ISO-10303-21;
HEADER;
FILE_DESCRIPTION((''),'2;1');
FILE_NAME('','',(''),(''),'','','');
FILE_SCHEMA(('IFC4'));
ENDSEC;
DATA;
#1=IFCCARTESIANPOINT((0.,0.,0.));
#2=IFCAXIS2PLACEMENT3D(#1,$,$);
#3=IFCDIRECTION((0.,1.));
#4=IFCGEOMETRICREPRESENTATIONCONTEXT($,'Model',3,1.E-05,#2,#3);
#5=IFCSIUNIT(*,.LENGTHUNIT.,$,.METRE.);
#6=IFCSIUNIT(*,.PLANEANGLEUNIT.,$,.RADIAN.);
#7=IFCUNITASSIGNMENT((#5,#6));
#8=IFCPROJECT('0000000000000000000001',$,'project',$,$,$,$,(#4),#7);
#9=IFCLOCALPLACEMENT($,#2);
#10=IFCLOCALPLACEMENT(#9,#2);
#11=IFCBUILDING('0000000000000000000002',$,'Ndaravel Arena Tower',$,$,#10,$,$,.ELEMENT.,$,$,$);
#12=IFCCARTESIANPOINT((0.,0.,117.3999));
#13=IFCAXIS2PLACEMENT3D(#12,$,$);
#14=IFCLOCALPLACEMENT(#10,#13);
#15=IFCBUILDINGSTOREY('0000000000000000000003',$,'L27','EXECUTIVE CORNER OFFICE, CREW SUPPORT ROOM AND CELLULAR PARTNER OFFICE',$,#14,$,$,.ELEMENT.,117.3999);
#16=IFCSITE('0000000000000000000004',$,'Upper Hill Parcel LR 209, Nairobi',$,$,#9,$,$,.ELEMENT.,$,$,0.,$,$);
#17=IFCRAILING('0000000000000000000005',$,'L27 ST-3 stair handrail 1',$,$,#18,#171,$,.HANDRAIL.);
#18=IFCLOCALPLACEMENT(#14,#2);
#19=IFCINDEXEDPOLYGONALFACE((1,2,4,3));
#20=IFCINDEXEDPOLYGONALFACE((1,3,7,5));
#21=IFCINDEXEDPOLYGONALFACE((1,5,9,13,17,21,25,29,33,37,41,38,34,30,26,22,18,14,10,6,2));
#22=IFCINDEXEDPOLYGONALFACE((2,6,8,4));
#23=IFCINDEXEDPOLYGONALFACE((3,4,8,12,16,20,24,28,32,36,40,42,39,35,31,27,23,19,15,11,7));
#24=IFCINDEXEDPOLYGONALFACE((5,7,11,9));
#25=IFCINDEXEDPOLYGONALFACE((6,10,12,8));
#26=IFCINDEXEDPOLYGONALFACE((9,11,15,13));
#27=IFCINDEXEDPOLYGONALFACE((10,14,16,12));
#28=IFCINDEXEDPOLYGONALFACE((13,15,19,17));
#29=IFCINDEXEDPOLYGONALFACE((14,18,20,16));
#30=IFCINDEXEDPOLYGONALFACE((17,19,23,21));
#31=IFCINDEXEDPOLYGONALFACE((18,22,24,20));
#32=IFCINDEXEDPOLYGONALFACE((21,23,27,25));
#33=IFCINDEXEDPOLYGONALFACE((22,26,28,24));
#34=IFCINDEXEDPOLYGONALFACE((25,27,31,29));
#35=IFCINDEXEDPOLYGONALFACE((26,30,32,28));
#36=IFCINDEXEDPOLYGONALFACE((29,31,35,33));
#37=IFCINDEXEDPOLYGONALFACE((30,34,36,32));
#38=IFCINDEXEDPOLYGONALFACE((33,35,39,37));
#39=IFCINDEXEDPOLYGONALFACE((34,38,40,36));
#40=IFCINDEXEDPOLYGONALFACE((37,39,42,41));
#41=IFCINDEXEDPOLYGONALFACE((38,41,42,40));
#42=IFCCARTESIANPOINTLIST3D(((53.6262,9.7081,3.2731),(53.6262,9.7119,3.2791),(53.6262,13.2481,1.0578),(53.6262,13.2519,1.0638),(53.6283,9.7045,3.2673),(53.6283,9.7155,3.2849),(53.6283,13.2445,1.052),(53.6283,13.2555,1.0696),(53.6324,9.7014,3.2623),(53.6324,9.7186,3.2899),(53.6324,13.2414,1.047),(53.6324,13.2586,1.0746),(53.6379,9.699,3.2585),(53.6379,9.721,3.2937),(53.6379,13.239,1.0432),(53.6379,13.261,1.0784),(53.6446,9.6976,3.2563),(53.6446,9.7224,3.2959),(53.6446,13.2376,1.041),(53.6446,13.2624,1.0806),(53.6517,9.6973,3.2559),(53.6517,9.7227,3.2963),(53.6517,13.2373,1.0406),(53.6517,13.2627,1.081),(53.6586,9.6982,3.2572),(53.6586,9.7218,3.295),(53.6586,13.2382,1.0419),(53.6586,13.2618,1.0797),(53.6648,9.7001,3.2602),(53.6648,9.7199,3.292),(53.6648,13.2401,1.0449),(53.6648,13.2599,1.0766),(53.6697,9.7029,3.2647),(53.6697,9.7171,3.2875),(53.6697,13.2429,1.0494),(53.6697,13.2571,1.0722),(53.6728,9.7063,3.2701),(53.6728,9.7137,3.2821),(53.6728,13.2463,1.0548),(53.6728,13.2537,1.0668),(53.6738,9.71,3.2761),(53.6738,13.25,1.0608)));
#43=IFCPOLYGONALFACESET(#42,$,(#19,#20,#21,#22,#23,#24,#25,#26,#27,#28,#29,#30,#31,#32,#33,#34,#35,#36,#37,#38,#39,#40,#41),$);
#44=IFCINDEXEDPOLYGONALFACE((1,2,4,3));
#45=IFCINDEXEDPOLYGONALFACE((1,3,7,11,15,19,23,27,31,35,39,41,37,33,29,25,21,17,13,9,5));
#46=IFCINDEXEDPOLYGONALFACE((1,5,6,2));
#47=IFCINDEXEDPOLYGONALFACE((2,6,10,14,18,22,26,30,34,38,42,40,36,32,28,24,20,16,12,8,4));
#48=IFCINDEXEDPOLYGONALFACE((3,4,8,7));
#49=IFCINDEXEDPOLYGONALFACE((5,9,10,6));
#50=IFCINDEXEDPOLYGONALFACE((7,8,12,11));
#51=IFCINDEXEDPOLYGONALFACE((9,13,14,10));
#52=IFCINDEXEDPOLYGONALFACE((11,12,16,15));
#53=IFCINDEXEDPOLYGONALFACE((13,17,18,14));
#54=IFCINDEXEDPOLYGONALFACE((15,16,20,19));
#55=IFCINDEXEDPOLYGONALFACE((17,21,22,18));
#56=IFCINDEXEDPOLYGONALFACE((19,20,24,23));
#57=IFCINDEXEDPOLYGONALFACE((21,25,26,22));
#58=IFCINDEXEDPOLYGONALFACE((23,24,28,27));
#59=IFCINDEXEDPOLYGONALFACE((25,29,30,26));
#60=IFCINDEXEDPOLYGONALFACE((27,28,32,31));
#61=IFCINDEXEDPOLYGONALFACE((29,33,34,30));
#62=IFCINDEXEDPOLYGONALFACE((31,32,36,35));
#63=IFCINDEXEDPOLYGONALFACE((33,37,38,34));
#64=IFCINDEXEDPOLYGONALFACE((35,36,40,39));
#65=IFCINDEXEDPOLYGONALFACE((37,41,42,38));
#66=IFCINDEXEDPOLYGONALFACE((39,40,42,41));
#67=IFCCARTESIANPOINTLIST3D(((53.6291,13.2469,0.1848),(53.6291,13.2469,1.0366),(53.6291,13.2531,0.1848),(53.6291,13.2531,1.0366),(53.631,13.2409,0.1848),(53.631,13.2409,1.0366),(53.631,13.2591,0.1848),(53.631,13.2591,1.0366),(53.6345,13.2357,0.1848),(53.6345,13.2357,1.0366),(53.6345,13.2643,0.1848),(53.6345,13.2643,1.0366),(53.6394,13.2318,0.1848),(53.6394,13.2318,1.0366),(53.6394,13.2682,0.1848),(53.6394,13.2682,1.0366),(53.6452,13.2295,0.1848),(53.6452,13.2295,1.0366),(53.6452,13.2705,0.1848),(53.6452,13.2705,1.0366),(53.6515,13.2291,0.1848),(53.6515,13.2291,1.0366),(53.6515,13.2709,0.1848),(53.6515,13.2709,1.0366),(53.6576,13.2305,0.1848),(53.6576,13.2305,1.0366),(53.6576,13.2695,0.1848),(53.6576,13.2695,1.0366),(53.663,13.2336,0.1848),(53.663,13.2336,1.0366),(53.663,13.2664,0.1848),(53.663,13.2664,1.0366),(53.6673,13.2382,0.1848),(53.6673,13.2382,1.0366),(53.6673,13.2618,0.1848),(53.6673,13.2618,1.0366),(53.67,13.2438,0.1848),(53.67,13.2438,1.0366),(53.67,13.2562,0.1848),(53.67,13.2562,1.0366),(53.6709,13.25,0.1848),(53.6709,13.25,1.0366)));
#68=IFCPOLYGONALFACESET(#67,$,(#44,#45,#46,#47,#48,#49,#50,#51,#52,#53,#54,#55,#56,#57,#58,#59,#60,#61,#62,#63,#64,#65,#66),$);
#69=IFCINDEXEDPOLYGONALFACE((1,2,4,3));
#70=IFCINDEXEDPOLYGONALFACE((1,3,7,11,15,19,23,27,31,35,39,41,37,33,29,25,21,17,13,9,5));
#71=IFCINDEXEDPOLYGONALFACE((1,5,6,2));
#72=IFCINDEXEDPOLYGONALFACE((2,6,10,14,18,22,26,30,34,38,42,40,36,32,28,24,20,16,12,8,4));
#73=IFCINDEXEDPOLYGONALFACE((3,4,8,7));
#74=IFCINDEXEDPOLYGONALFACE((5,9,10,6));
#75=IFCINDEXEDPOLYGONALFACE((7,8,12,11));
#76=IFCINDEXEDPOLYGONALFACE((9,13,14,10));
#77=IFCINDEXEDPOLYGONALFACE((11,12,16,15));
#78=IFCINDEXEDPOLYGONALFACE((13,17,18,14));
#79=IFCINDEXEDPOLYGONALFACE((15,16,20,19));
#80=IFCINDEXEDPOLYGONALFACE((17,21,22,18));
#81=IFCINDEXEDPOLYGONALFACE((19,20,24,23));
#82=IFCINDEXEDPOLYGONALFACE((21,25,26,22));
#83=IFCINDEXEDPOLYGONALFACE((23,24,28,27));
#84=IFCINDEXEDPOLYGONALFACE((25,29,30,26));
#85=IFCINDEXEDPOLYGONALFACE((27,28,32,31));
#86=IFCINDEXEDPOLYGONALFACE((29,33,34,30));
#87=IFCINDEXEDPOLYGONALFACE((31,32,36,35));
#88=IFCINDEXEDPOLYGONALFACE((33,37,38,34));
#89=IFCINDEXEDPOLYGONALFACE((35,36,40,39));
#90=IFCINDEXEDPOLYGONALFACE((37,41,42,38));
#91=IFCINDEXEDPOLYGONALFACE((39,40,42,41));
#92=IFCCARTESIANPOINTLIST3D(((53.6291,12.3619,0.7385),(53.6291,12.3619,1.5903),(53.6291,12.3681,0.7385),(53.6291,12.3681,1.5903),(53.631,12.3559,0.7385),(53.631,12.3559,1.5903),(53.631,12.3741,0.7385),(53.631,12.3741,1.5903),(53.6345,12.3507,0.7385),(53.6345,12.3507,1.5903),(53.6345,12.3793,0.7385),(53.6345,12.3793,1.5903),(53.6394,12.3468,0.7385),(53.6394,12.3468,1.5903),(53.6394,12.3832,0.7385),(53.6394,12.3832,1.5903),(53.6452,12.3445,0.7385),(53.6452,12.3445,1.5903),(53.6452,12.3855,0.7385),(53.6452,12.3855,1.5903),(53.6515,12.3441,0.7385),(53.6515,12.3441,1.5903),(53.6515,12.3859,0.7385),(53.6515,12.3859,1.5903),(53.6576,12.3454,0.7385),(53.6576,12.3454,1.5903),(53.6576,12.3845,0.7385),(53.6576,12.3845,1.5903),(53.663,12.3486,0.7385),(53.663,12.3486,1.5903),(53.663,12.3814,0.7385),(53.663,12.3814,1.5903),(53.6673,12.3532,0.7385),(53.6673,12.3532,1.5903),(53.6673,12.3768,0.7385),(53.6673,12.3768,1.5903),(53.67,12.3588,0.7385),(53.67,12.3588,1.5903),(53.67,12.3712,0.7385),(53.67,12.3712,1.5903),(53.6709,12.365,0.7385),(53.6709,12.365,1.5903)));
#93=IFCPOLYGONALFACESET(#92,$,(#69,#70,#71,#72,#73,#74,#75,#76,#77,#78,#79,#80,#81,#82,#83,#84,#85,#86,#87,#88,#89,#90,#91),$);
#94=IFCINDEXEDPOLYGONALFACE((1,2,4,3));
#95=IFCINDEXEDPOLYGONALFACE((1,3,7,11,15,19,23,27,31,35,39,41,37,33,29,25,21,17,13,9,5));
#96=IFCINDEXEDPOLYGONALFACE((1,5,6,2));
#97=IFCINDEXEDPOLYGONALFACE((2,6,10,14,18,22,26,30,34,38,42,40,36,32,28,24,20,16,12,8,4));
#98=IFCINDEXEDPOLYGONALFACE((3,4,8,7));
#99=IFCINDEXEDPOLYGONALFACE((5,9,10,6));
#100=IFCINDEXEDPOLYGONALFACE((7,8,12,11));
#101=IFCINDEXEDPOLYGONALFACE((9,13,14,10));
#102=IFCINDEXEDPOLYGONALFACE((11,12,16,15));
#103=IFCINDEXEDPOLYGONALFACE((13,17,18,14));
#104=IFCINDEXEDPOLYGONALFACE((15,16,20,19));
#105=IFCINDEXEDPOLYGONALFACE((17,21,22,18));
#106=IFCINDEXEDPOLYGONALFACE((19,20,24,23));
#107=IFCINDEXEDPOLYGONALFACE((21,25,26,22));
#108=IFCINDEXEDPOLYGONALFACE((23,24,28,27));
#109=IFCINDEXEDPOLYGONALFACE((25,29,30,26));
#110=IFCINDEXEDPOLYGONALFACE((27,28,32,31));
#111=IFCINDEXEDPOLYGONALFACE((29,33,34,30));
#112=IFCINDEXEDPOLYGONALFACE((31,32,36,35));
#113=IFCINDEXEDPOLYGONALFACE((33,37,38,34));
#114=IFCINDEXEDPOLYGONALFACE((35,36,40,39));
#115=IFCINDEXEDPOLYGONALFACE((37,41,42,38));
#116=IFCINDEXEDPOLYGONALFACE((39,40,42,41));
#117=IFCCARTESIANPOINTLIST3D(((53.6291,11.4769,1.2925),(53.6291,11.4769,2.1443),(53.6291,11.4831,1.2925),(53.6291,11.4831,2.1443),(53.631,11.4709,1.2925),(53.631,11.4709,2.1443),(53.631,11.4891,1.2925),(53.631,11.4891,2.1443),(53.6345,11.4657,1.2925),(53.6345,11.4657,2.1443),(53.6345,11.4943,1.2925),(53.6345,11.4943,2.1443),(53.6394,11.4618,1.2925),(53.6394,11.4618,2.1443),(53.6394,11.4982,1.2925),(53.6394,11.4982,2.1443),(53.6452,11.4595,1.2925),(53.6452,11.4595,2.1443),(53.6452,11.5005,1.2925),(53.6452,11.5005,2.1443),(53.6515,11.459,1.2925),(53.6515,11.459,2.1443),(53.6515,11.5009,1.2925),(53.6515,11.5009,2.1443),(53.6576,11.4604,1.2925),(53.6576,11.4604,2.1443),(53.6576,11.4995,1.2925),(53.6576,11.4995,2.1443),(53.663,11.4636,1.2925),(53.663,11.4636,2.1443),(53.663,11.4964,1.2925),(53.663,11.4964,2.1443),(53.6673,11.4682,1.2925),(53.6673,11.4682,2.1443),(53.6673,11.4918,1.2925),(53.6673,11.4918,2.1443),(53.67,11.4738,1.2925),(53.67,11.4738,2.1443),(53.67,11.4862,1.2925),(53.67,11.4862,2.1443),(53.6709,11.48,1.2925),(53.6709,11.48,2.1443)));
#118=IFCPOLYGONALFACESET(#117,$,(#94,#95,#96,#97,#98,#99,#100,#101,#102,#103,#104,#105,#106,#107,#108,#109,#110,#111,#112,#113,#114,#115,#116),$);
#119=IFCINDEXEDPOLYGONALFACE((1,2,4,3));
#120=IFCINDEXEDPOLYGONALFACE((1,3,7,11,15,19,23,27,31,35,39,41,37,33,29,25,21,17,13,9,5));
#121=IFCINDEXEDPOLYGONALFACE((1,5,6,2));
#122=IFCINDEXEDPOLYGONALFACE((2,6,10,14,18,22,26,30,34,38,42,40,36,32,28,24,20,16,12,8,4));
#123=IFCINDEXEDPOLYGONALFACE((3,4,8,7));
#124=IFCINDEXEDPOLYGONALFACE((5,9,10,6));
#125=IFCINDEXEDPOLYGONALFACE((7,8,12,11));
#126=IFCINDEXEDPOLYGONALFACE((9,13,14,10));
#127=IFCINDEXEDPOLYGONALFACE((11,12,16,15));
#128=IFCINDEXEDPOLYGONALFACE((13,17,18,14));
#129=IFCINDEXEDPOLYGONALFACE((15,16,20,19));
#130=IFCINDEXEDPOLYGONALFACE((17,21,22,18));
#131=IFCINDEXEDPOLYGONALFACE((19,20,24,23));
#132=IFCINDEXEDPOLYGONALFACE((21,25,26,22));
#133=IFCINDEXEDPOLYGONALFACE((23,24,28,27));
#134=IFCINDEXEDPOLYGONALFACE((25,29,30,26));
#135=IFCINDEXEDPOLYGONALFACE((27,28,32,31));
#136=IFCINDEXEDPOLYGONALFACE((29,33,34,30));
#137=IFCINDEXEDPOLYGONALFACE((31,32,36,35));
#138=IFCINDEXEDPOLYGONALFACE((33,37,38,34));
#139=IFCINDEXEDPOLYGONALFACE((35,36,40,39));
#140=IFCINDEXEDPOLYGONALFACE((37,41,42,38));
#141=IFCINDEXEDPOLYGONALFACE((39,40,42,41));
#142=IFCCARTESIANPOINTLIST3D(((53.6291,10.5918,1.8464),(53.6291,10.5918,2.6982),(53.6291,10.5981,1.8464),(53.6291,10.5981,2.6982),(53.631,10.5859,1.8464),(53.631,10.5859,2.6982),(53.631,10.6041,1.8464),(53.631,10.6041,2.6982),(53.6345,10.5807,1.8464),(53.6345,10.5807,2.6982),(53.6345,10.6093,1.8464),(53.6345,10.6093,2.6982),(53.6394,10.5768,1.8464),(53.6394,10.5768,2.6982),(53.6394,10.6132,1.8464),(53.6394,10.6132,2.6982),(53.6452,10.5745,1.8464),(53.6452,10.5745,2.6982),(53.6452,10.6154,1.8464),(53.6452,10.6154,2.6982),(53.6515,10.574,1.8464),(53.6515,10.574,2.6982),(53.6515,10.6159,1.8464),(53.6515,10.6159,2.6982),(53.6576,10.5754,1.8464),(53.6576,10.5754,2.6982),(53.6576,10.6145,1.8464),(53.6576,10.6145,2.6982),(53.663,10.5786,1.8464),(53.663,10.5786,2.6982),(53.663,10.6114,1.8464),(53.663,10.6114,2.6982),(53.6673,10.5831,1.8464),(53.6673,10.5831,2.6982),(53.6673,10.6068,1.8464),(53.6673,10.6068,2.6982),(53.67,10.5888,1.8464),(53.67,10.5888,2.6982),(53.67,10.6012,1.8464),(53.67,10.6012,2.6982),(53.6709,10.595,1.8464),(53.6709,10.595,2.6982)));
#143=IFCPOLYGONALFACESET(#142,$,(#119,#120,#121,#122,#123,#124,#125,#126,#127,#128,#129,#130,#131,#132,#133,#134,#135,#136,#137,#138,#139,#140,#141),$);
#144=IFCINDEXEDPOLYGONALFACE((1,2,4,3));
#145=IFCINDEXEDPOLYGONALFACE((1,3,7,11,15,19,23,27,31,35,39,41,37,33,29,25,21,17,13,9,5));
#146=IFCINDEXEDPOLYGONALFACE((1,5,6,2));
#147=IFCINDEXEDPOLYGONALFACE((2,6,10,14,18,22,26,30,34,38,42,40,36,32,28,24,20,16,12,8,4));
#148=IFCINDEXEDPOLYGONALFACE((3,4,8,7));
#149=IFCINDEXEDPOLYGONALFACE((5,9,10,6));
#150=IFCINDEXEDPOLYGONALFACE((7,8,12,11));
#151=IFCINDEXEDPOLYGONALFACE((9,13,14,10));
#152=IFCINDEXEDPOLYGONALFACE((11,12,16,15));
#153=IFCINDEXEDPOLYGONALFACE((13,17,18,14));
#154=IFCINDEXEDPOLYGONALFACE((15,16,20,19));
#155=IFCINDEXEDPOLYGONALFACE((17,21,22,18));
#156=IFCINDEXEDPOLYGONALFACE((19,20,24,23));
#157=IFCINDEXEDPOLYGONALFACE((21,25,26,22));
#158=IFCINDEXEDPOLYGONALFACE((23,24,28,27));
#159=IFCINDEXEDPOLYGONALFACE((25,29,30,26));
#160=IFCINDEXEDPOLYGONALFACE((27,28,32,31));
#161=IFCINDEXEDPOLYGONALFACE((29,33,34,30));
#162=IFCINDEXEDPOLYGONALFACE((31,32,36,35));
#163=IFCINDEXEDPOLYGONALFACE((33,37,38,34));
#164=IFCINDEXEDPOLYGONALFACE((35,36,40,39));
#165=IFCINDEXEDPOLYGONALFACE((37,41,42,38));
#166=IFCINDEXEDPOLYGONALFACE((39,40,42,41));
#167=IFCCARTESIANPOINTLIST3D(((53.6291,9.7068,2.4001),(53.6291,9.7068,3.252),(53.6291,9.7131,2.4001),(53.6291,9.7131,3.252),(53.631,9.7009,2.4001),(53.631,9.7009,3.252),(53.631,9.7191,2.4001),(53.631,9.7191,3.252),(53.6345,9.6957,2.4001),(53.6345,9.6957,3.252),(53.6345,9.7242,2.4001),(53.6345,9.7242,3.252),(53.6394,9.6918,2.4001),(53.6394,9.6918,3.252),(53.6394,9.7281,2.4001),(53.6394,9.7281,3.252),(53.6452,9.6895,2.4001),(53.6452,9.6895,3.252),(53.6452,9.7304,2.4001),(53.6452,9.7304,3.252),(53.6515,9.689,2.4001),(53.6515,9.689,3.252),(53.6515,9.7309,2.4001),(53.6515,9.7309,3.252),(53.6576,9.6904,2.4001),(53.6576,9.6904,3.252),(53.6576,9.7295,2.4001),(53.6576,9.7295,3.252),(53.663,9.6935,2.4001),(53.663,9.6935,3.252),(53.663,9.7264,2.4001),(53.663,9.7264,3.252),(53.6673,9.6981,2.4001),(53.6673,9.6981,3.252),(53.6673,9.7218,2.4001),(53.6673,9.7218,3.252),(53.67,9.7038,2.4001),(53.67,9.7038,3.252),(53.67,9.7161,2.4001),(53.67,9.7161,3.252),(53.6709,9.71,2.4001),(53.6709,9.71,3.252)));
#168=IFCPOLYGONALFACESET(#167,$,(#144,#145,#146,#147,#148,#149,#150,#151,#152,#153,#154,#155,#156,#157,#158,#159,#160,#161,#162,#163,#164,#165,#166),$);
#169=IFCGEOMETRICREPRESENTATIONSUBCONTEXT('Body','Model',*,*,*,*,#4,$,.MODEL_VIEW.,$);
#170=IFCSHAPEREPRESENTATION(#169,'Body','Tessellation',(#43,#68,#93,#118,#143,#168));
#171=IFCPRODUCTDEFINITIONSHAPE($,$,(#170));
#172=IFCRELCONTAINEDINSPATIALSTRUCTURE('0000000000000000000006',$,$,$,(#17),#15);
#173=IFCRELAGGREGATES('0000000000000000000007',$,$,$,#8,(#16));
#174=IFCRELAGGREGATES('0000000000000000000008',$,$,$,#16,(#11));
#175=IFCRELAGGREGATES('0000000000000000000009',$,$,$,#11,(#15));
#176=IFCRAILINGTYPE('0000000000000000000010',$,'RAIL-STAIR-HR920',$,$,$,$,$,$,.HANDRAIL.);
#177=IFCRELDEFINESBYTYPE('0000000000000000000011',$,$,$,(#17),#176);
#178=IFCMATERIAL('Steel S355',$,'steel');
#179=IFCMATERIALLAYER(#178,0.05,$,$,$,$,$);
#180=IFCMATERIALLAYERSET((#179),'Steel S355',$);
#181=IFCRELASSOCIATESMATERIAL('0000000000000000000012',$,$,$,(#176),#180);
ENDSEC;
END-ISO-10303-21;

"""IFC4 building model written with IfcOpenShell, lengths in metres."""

from ifc_helpers import new_model, si_unit, direction, frame, origin, origin_2d, place, context, subcontext, project, spatial, circle, extrude, material, layer, layer_set, type_object, element, save


model = new_model("IFC4")

# Units and contexts
model_context = context("Model", 3, precision=1e-05, world=origin(), true_north=direction((0.0, 1.0)))
body_context = subcontext(model_context, "Body", "Model", "MODEL_VIEW")
ifc_project = project(units=[si_unit("LENGTHUNIT", "METRE"), si_unit("PLANEANGLEUNIT", "RADIAN")], contexts=[model_context])

# Site, building, storey
site_placement = place(None, origin())
site = spatial("IfcSite", under=ifc_project, at=site_placement, Name="Upper Hill Parcel LR 209, Nairobi", CompositionType="ELEMENT", RefElevation=0.0)
building_placement = place(site_placement, origin())
building = spatial("IfcBuilding", under=site, at=building_placement, Name="Ndaravel Arena Tower", CompositionType="ELEMENT")
storey_placement = place(building_placement, frame((0.0, 0.0, 117.3999)))
storey = spatial("IfcBuildingStorey", under=building, at=storey_placement, Name="L27", Description="EXECUTIVE CORNER OFFICE, CREW SUPPORT ROOM AND CELLULAR PARTNER OFFICE", CompositionType="ELEMENT", Elevation=117.3999)

# Railing
ifc_material_1 = material(Name="Steel S355", Category="steel")
ifc_layer_1 = layer(ifc_material_1, 0.05)
ifc_layer_set_1 = layer_set([ifc_layer_1], Name="Steel S355")
railing_type_1 = type_object("IfcRailingType", Name="RAIL-STAIR-HR920", PredefinedType="HANDRAIL", material=ifc_layer_set_1)
railing_1_placement = place(storey_placement, frame((53.6499, 13.25, 0.1848)))
element("IfcRailing", 1, at=railing_1_placement, inside=storey, type_object=railing_type_1, Name="L27 ST-3 stair handrail 1", PredefinedType="HANDRAIL", context=body_context, shape_type="SweptSolid", body=[
    extrude(circle(Radius=0.0239, at=origin_2d()), frame((0.0, 0.0, 0.876), z_axis=(0.0, -0.847696, 0.530482), x_axis=(1.0, 0.0, 0.0)), (0.0, 0.0, 1.0), 4.176),
    extrude(circle(Radius=0.021, at=origin_2d()), origin(), (0.0, 0.0, 1.0), 0.8518),
    extrude(circle(Radius=0.021, at=origin_2d()), frame((0.0, -0.885, 0.5537)), (0.0, 0.0, 1.0), 0.8518),
    extrude(circle(Radius=0.021, at=origin_2d()), frame((0.0, -1.77, 1.1077)), (0.0, 0.0, 1.0), 0.8518),
    extrude(circle(Radius=0.021, at=origin_2d()), frame((0.0, -2.655, 1.6616)), (0.0, 0.0, 1.0), 0.8518),
    extrude(circle(Radius=0.021, at=origin_2d()), frame((0.0, -3.54, 2.2153)), (0.0, 0.0, 1.0), 0.8518),
])

save(model, "model.ifc")
